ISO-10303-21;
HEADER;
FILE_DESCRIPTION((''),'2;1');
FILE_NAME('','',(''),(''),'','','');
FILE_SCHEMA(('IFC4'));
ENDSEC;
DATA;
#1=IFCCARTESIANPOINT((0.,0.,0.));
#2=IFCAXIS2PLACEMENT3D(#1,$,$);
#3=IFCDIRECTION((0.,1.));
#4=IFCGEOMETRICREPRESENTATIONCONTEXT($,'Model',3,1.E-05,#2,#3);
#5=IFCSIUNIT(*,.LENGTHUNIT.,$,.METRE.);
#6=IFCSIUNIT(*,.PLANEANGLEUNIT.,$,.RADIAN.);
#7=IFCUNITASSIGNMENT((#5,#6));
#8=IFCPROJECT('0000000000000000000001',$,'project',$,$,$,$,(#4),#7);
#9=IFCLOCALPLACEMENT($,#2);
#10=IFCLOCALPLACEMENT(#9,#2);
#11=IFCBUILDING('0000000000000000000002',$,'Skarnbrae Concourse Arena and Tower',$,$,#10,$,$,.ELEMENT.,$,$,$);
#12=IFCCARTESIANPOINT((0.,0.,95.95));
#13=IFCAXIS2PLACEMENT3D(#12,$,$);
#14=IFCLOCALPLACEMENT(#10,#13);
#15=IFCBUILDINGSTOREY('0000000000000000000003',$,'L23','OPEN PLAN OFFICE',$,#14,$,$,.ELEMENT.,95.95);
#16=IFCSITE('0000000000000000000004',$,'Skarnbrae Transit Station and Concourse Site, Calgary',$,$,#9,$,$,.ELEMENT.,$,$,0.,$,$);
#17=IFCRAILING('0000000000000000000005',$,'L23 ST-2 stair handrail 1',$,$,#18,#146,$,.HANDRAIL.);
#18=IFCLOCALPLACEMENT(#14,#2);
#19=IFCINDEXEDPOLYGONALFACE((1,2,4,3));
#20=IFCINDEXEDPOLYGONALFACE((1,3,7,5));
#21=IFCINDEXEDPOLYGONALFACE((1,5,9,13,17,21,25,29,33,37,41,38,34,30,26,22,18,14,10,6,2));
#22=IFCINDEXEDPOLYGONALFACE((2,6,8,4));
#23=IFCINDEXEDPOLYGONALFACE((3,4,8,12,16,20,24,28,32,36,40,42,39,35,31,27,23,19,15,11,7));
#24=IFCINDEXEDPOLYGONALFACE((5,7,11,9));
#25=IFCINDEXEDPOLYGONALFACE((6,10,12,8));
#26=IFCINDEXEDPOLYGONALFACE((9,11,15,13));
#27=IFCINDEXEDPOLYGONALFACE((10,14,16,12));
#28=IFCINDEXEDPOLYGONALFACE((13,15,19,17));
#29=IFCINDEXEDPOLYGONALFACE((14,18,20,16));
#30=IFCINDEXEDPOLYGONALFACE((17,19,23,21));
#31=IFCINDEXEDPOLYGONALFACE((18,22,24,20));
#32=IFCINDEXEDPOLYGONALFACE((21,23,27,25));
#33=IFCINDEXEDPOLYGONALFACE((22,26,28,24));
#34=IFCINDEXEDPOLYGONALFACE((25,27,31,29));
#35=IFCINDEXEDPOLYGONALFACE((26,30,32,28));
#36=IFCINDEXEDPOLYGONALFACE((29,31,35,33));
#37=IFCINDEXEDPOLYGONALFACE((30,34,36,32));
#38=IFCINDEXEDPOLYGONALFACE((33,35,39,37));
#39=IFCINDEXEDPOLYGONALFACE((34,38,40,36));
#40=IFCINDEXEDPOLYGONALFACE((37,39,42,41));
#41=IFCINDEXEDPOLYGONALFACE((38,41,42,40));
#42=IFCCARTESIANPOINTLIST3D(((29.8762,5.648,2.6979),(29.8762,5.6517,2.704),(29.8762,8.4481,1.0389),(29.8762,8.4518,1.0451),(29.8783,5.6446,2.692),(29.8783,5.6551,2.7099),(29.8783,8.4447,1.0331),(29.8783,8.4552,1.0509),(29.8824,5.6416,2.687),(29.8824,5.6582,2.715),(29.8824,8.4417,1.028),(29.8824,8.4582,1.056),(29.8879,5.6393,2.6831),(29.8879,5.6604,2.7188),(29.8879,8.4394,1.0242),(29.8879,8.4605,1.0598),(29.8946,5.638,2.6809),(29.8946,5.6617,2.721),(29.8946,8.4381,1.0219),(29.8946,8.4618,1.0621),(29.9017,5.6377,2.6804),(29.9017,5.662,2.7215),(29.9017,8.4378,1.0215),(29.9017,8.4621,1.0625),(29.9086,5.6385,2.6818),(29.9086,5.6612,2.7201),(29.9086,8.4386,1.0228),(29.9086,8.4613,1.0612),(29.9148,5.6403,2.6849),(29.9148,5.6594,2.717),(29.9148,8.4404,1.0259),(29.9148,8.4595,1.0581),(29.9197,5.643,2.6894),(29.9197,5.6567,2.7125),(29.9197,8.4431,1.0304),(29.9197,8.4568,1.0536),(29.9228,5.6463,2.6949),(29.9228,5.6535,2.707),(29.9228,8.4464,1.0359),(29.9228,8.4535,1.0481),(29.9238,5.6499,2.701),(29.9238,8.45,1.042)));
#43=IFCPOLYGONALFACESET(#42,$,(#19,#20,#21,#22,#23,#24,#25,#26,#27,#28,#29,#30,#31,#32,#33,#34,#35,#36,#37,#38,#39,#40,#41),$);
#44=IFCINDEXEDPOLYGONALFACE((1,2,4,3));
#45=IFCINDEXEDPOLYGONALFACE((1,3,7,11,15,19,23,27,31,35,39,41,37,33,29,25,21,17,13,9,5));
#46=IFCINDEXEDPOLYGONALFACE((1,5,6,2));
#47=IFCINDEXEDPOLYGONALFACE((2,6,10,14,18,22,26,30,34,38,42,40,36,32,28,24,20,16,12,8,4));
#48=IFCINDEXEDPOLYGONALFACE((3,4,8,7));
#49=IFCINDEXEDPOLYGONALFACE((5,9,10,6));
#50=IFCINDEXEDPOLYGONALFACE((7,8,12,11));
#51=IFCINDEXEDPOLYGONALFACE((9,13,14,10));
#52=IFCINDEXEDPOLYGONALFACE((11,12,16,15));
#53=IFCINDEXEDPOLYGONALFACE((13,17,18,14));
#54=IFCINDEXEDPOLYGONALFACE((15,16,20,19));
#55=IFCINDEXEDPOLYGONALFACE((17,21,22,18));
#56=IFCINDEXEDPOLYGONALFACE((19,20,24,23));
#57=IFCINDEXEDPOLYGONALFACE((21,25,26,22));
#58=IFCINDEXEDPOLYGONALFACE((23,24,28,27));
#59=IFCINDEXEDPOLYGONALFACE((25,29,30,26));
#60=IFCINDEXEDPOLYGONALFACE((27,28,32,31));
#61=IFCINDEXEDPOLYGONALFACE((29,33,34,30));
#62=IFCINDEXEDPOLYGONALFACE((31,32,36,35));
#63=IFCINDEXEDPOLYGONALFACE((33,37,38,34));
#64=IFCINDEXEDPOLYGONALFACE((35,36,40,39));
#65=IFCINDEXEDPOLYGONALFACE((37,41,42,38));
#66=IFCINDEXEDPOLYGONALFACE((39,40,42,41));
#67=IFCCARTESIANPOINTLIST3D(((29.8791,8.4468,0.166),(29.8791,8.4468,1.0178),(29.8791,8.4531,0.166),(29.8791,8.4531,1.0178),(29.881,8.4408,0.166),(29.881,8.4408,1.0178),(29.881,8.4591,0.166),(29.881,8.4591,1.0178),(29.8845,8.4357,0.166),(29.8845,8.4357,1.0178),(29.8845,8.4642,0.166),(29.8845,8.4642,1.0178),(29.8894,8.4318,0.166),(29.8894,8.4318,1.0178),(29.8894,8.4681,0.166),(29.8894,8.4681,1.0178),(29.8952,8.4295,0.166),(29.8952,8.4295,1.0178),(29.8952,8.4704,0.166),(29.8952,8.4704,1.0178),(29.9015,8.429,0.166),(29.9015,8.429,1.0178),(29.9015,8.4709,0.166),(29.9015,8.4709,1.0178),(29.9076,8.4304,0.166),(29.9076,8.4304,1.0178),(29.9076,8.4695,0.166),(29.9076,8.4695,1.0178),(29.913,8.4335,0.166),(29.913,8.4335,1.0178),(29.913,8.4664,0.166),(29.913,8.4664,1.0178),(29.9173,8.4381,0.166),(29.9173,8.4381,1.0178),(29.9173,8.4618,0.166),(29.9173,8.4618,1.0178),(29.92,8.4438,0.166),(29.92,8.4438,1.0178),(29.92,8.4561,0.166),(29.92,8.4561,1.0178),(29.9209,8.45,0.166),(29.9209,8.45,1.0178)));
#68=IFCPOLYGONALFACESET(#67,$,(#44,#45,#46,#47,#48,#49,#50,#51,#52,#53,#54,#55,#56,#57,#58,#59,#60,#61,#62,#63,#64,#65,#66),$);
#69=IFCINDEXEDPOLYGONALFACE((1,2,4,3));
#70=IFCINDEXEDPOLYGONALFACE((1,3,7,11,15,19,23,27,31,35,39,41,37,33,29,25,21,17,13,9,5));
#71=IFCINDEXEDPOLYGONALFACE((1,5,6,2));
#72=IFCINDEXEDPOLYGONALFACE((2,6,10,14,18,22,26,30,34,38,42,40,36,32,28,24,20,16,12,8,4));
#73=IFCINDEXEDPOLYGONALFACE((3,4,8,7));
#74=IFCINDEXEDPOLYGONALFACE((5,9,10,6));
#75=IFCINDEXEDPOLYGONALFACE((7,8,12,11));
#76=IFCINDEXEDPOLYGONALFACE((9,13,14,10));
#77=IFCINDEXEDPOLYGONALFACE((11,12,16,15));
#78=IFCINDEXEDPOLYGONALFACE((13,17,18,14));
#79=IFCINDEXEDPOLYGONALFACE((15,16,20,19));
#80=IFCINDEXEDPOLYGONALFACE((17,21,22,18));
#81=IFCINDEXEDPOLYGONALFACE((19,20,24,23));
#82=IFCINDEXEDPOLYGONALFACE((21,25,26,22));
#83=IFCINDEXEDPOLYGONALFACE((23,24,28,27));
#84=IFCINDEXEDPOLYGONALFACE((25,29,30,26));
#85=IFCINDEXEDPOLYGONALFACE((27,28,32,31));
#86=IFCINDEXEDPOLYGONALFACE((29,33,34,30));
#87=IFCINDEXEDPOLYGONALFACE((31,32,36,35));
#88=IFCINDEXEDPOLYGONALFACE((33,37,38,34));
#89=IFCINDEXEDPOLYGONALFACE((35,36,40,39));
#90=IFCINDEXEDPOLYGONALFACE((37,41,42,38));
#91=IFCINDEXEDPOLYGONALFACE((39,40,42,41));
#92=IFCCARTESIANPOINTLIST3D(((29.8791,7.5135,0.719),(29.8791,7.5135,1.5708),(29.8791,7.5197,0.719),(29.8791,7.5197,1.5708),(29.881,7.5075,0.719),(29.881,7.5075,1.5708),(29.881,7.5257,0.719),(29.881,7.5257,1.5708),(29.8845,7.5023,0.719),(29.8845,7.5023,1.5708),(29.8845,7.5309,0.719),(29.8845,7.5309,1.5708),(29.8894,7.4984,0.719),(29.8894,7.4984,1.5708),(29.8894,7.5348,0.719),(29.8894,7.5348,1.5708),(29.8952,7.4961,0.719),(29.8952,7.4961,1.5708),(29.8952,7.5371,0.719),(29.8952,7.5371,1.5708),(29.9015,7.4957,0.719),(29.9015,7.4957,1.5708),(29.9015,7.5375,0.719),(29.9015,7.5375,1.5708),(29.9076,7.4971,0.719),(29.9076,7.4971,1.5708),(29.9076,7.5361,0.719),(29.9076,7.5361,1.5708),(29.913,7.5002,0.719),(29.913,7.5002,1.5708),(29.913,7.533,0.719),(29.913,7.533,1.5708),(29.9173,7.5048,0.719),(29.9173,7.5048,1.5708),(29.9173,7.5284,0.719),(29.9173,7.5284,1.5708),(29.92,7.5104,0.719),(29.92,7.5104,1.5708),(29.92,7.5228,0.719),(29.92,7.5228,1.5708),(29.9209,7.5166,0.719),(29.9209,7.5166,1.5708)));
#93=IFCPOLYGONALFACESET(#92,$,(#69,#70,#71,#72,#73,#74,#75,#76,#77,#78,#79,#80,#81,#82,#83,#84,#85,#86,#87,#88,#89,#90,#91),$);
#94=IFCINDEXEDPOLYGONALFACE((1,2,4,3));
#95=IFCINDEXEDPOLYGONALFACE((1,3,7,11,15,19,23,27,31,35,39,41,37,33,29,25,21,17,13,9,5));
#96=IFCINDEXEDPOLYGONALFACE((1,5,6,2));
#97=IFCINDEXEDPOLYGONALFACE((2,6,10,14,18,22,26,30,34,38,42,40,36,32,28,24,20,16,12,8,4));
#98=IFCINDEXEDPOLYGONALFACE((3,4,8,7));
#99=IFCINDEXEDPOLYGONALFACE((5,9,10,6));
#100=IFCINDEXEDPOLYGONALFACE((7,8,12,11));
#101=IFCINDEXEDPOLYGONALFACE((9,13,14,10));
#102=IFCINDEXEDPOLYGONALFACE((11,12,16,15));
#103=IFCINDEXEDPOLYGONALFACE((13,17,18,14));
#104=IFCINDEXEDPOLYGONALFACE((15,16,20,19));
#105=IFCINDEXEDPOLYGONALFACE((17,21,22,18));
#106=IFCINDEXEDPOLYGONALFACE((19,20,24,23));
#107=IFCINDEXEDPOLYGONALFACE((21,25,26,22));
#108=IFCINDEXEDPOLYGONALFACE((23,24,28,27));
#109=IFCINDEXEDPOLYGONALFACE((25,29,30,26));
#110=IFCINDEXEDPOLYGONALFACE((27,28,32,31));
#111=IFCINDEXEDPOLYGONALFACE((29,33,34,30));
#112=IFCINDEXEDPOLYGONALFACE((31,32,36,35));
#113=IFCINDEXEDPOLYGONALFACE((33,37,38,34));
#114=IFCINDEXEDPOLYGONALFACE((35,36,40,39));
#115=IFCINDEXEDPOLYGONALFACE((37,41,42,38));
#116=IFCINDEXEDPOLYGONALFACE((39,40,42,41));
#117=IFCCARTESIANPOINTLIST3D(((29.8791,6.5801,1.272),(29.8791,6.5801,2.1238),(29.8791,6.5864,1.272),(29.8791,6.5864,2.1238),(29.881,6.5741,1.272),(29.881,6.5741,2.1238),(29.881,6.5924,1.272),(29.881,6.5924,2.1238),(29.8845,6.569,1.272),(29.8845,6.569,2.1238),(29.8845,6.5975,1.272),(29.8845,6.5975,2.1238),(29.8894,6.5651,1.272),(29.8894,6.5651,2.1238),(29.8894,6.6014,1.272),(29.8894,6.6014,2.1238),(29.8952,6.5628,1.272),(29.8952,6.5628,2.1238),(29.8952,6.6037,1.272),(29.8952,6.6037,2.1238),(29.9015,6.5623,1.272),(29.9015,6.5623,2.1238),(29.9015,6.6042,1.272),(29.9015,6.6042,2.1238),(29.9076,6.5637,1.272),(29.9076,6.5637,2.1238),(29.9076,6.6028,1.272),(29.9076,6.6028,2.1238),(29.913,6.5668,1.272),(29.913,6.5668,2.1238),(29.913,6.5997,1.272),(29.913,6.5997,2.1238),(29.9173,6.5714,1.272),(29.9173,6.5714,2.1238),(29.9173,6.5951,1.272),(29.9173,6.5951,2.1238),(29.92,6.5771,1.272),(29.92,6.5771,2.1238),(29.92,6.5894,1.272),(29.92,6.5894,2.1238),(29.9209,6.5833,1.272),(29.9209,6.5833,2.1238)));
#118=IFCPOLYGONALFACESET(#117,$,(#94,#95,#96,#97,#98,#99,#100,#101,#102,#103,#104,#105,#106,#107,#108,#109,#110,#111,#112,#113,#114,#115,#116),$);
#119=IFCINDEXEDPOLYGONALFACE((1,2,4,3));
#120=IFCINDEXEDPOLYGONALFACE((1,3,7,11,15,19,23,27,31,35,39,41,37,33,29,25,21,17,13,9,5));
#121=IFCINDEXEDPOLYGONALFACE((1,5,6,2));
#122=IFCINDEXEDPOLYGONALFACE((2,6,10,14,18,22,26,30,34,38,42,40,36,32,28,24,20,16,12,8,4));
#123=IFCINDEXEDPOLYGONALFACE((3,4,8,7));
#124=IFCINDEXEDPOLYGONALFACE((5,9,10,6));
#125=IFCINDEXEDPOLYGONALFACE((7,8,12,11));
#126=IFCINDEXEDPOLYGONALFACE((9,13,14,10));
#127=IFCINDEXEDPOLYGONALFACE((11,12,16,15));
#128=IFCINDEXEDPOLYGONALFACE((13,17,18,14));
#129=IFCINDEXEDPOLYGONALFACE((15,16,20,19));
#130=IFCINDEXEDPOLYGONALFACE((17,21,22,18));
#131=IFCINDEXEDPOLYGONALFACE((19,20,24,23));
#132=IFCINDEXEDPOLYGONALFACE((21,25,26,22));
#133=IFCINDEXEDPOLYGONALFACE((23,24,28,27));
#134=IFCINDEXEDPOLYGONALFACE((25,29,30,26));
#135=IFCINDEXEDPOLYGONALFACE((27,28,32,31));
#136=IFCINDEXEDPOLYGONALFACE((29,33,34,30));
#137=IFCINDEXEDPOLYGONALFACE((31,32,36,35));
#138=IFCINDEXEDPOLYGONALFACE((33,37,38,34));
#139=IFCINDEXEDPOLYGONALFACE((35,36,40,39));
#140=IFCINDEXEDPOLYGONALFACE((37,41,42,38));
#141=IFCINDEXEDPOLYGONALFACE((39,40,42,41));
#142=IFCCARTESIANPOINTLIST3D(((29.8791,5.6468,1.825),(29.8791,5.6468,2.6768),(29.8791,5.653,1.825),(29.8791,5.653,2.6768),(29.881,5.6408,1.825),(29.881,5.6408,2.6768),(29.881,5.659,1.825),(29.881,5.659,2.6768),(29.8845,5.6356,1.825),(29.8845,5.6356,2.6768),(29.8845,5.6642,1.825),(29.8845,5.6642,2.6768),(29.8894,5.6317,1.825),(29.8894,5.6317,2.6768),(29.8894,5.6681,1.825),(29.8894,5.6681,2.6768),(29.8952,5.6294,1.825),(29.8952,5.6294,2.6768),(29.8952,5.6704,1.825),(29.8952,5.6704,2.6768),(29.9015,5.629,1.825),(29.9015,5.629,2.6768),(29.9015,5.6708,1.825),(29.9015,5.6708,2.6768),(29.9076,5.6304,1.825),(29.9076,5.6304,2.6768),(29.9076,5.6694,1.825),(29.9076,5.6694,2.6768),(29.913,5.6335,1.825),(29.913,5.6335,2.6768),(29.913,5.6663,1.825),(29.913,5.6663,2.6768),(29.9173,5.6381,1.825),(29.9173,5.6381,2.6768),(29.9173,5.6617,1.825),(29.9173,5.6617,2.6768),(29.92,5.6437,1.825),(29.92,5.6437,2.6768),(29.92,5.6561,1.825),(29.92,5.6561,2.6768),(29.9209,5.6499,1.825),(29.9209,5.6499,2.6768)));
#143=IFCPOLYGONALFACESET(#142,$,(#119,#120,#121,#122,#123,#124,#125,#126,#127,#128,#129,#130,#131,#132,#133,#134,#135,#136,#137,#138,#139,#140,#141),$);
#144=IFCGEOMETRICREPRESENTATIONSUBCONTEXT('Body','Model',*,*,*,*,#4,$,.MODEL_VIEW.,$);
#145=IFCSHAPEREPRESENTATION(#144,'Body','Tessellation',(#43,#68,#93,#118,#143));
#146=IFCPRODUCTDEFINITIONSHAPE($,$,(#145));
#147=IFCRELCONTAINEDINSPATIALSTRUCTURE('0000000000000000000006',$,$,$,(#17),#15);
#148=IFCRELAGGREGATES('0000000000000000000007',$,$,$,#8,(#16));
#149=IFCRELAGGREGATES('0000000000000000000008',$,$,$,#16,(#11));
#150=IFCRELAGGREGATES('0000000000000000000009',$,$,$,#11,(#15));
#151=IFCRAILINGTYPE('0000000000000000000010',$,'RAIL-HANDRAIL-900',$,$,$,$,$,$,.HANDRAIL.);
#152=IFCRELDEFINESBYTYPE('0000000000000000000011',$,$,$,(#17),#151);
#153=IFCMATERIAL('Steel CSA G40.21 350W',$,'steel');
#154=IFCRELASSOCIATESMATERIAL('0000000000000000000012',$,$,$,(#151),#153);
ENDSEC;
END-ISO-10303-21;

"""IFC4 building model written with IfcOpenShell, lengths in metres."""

from ifc_helpers import new_model, si_unit, direction, frame, origin, origin_2d, place, context, subcontext, project, spatial, circle, extrude, material, type_object, element, save


model = new_model("IFC4")

# Units and contexts
model_context = context("Model", 3, precision=1e-05, world=origin(), true_north=direction((0.0, 1.0)))
body_context = subcontext(model_context, "Body", "Model", "MODEL_VIEW")
ifc_project = project(units=[si_unit("LENGTHUNIT", "METRE"), si_unit("PLANEANGLEUNIT", "RADIAN")], contexts=[model_context])

# Site, building, storey
site_placement = place(None, origin())
site = spatial("IfcSite", under=ifc_project, at=site_placement, Name="Skarnbrae Transit Station and Concourse Site, Calgary", CompositionType="ELEMENT", RefElevation=0.0)
building_placement = place(site_placement, origin())
building = spatial("IfcBuilding", under=site, at=building_placement, Name="Skarnbrae Concourse Arena and Tower", CompositionType="ELEMENT")
storey_placement = place(building_placement, frame((0.0, 0.0, 95.95)))
storey = spatial("IfcBuildingStorey", under=building, at=storey_placement, Name="L23", Description="OPEN PLAN OFFICE", CompositionType="ELEMENT", Elevation=95.95)

# Shared definitions
ifc_material_1 = material(Name="Steel CSA G40.21 350W", Category="steel")

# Railing
railing_type_1 = type_object("IfcRailingType", Name="RAIL-HANDRAIL-900", PredefinedType="HANDRAIL", material=ifc_material_1)
railing_1_placement = place(storey_placement, frame((29.8999, 8.45, 0.166)))
element("IfcRailing", 1, at=railing_1_placement, inside=storey, type_object=railing_type_1, Name="L23 ST-2 stair handrail 1", PredefinedType="HANDRAIL", context=body_context, shape_type="SweptSolid", body=[
    extrude(circle(Radius=0.0239, at=origin_2d()), frame((0.0, 0.0, 0.876), z_axis=(0.0, -0.860339, 0.509722), x_axis=(1.0, 0.0, 0.0)), (0.0, 0.0, 1.0), 3.2546),
    extrude(circle(Radius=0.021, at=origin_2d()), origin(), (0.0, 0.0, 1.0), 0.8518),
    extrude(circle(Radius=0.021, at=origin_2d()), frame((0.0, -0.9333, 0.553)), (0.0, 0.0, 1.0), 0.8518),
    extrude(circle(Radius=0.021, at=origin_2d()), frame((0.0, -1.8667, 1.106)), (0.0, 0.0, 1.0), 0.8518),
    extrude(circle(Radius=0.021, at=origin_2d()), frame((0.0, -2.8, 1.6589)), (0.0, 0.0, 1.0), 0.8518),
])

save(model, "model.ifc")
